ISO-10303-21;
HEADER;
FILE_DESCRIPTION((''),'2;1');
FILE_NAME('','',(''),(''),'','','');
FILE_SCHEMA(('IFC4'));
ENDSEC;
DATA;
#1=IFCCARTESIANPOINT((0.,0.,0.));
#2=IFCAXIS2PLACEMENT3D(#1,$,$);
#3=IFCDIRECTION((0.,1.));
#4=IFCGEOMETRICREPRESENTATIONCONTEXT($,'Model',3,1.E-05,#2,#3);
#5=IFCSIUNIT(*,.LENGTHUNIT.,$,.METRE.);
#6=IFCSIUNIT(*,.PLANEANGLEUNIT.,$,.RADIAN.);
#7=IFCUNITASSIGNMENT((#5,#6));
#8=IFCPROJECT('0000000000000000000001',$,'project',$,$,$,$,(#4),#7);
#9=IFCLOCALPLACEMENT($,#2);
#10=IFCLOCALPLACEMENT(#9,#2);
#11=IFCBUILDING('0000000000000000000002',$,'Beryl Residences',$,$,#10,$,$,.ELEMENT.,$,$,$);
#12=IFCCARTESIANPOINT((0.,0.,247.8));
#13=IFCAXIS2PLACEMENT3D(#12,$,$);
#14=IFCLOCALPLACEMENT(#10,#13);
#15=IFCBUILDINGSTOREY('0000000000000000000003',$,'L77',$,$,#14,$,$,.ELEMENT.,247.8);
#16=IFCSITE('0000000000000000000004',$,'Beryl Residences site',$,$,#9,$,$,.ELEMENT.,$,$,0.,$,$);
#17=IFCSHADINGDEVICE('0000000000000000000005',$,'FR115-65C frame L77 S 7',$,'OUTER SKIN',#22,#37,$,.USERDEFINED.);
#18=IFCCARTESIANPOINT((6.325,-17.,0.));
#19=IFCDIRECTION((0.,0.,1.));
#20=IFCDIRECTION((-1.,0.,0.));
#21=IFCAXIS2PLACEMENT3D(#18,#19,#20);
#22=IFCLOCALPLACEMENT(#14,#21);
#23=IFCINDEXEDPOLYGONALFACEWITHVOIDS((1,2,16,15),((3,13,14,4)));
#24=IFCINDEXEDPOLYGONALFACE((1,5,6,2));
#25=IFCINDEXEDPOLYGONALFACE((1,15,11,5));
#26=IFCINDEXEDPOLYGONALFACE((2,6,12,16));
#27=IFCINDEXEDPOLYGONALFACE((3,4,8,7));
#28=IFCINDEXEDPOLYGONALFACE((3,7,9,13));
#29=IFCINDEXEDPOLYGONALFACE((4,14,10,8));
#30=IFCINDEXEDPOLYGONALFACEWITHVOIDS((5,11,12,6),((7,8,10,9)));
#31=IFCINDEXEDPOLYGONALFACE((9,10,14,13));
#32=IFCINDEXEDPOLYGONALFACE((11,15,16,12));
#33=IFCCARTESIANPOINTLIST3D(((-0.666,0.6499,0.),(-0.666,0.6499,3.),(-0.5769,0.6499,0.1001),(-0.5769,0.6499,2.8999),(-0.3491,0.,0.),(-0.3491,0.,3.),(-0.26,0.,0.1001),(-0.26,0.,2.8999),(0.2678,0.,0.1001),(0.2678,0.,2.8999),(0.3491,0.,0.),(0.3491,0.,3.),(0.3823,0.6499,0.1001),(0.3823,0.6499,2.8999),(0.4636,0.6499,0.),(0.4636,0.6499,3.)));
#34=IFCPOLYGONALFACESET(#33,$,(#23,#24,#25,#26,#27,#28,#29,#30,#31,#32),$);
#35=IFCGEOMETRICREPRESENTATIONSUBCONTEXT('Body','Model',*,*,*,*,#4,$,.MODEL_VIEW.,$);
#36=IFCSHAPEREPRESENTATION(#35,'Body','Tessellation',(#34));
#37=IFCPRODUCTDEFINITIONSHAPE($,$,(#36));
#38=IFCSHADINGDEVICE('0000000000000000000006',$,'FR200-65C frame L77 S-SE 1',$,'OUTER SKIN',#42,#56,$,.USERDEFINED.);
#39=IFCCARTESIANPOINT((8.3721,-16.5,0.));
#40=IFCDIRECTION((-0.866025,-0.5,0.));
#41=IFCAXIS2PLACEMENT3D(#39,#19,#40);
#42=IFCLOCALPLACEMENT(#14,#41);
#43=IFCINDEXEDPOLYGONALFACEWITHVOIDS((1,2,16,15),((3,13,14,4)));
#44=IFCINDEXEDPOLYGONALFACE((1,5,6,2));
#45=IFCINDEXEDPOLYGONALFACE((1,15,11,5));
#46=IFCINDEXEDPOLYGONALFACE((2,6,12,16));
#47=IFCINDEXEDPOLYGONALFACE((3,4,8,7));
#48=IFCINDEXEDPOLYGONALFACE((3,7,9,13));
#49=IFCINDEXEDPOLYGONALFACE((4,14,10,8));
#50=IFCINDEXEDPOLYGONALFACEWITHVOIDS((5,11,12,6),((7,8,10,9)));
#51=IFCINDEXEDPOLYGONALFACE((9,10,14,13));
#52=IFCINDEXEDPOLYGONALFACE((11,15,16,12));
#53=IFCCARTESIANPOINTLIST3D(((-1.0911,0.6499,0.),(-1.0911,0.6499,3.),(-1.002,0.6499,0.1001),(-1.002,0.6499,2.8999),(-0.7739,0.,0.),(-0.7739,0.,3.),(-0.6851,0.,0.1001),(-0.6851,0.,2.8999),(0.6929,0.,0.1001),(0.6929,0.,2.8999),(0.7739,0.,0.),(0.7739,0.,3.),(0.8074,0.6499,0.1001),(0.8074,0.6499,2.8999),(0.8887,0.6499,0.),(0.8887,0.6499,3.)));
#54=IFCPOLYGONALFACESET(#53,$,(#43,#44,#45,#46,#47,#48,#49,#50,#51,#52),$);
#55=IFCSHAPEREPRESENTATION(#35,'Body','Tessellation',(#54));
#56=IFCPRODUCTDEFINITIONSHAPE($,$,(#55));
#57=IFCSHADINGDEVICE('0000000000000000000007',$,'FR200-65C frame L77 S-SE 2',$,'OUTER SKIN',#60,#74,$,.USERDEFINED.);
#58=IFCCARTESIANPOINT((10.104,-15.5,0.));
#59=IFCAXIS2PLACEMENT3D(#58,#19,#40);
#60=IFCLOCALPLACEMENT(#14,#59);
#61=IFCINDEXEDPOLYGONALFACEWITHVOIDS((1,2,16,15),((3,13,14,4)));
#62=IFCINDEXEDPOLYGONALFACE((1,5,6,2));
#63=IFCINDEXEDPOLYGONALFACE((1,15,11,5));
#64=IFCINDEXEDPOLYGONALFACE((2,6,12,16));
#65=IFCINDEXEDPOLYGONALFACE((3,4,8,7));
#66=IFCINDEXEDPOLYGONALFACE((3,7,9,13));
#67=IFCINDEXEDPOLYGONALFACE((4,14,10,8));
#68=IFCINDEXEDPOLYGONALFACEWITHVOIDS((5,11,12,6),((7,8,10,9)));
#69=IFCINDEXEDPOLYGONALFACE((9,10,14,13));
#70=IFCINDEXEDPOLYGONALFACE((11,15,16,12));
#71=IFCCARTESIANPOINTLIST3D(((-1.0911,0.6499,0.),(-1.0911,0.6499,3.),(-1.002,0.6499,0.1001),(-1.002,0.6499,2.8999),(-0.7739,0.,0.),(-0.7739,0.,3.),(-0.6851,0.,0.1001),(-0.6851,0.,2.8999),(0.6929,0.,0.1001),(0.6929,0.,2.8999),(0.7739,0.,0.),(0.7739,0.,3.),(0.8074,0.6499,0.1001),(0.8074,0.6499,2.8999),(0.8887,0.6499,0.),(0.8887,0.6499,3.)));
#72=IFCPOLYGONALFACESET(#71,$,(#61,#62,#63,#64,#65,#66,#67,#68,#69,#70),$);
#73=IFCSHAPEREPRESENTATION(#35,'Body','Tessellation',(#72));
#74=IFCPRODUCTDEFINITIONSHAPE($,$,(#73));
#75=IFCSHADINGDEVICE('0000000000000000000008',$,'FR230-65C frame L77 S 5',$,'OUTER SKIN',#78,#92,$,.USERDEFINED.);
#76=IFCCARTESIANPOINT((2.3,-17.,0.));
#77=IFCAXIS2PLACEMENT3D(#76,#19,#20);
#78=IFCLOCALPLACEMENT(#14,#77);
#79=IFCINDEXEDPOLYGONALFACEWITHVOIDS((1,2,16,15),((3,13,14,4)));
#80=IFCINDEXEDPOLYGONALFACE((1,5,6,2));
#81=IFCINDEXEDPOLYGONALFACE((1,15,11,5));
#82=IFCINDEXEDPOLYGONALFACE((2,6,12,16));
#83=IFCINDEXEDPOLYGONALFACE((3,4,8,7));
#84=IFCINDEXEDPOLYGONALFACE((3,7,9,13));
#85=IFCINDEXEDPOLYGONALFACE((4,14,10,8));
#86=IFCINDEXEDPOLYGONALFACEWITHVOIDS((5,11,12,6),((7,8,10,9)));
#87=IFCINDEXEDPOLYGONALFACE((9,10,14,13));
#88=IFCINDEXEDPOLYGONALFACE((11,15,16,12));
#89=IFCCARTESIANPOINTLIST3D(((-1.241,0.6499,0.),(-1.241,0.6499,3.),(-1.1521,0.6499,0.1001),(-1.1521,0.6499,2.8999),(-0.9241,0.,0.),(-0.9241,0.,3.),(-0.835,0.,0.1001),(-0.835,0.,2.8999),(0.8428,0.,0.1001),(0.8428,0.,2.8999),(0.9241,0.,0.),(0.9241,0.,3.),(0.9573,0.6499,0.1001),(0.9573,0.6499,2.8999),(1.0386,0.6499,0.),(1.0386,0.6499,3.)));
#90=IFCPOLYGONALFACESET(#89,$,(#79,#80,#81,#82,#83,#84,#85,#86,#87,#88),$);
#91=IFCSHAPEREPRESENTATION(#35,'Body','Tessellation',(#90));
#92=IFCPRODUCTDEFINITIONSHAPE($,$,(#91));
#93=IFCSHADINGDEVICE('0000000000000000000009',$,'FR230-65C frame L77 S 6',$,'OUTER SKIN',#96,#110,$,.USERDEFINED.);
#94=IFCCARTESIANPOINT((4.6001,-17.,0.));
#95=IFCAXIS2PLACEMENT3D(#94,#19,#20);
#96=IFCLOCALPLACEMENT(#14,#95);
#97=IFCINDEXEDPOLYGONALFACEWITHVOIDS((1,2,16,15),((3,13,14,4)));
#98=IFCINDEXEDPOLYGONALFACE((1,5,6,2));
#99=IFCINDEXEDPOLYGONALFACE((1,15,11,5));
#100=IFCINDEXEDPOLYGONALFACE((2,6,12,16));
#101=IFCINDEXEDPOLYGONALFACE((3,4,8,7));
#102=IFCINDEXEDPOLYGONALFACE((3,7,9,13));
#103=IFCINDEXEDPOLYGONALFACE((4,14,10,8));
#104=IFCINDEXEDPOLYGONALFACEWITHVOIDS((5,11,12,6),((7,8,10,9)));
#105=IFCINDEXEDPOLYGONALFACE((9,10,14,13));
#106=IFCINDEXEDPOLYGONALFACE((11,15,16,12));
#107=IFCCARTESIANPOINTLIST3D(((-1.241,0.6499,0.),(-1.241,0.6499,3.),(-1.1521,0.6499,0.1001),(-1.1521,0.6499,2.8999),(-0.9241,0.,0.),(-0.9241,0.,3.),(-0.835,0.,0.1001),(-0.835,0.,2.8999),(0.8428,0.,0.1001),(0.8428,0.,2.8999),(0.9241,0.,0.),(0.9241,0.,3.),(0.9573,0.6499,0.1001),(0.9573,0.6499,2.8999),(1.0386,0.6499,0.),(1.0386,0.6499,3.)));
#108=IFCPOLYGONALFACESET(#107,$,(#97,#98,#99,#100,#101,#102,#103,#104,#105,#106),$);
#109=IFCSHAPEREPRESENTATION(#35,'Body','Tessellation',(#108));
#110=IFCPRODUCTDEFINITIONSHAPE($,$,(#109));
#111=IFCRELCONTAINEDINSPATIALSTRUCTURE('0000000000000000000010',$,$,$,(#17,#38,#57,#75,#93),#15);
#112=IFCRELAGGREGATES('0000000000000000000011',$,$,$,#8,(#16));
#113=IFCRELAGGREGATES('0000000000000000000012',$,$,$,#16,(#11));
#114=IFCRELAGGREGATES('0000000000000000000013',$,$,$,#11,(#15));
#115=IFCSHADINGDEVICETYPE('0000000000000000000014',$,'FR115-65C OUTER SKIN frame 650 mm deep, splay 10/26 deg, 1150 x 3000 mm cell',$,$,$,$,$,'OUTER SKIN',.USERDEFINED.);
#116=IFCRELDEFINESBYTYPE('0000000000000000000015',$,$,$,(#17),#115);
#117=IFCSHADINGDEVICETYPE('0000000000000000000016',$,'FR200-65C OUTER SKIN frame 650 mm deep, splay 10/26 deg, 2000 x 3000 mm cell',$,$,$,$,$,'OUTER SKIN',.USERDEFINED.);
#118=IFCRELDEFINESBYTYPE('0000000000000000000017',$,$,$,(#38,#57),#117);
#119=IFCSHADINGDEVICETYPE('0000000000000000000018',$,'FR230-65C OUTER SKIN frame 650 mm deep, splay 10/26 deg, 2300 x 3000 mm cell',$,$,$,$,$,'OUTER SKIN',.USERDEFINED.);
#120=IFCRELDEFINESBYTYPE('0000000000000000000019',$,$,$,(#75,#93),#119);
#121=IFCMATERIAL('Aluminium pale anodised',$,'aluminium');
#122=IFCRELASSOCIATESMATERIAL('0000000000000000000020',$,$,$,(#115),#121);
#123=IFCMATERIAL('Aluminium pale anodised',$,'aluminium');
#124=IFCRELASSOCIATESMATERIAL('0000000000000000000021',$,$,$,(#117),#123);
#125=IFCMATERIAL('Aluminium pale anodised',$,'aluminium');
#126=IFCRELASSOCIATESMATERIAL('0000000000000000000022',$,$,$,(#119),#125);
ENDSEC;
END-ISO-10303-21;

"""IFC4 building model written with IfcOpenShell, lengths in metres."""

from ifc_helpers import new_model, entity, si_unit, direction, frame, origin, place, context, subcontext, project, spatial, source, transform, mapped, material, type_object, type_shapes, element, save


model = new_model("IFC4")

# Units and contexts
model_context = context("Model", 3, precision=1e-05, world=origin(), true_north=direction((0.0, 1.0)))
body_context = subcontext(model_context, "Body", "Model", "MODEL_VIEW")
ifc_project = project(units=[si_unit("LENGTHUNIT", "METRE"), si_unit("PLANEANGLEUNIT", "RADIAN")], contexts=[model_context])

# Site, building, storey
site_placement = place(None, origin())
site = spatial("IfcSite", under=ifc_project, at=site_placement, Name="Beryl Residences site", CompositionType="ELEMENT", RefElevation=0.0)
building_placement = place(site_placement, origin())
building = spatial("IfcBuilding", under=site, at=building_placement, Name="Beryl Residences", CompositionType="ELEMENT")
storey_placement = place(building_placement, frame((0.0, 0.0, 247.8)))
storey = spatial("IfcBuildingStorey", under=building, at=storey_placement, Name="L77", CompositionType="ELEMENT", Elevation=247.8)

# Shading devices
ifc_material_1 = material(Name="Aluminium pale anodised", Category="aluminium")
shading_device_type_1 = type_object("IfcShadingDeviceType", Name="FR115-65C OUTER SKIN frame 650 mm deep, splay 10/26 deg, 1150 x 3000 mm cell", ElementType="OUTER SKIN", PredefinedType="USERDEFINED", material=ifc_material_1)
cartesian_point_1 = entity("IfcCartesianPoint", [-0.3491, 0.0])
cartesian_point_2 = entity("IfcCartesianPoint", [-0.2678, 0.1001])
cartesian_point_3 = entity("IfcCartesianPoint", [-0.4636, 0.0])
cartesian_point_4 = entity("IfcCartesianPoint", [-0.3823, 0.1001])
shared_shape_1 = source(origin(), body_context, "Body", "SweptSolid", [
    entity("IfcExtrudedAreaSolidTapered", entity("IfcArbitraryProfileDefWithVoids", "AREA", None, entity("IfcPolyline", [cartesian_point_1, entity("IfcCartesianPoint", [0.3491, 0.0]), entity("IfcCartesianPoint", [0.3491, 3.0]), entity("IfcCartesianPoint", [-0.3491, 3.0]), cartesian_point_1]), [entity("IfcPolyline", [cartesian_point_2, entity("IfcCartesianPoint", [0.26, 0.1001]), entity("IfcCartesianPoint", [0.26, 2.8999]), entity("IfcCartesianPoint", [-0.2678, 2.8999]), cartesian_point_2])]), entity("IfcAxis2Placement3D", entity("IfcCartesianPoint", [0.0, 0.0, 0.0]), entity("IfcDirection", [0.0, 1.0, 0.0]), entity("IfcDirection", [-1.0, 0.0, 0.0])), entity("IfcDirection", [0.0, 0.0, 1.0]), 0.6499, entity("IfcArbitraryProfileDefWithVoids", "AREA", None, entity("IfcPolyline", [cartesian_point_3, entity("IfcCartesianPoint", [0.666, 0.0]), entity("IfcCartesianPoint", [0.666, 3.0]), entity("IfcCartesianPoint", [-0.4636, 3.0]), cartesian_point_3]), [entity("IfcPolyline", [cartesian_point_4, entity("IfcCartesianPoint", [0.5769, 0.1001]), entity("IfcCartesianPoint", [0.5769, 2.8999]), entity("IfcCartesianPoint", [-0.3823, 2.8999]), cartesian_point_4])])),
])
type_shapes(shading_device_type_1, [shared_shape_1])
shading_device_placement = place(storey_placement, frame((6.325, -17.0, 0.0), z_axis=(0.0, 0.0, 1.0), x_axis=(-1.0, 0.0, 0.0)))
element("IfcShadingDevice", 1, at=shading_device_placement, inside=storey, type_object=shading_device_type_1, Name="FR115-65C frame L77 S 7", ObjectType="OUTER SKIN", PredefinedType="USERDEFINED", context=body_context, shape_type="MappedRepresentation", body=[
    mapped(shared_shape_1, transform((0.0, 0.0, 0.0))),
])
ifc_material_2 = material(Name="Aluminium pale anodised", Category="aluminium")
shading_device_type_2 = type_object("IfcShadingDeviceType", Name="FR200-65C OUTER SKIN frame 650 mm deep, splay 10/26 deg, 2000 x 3000 mm cell", ElementType="OUTER SKIN", PredefinedType="USERDEFINED", material=ifc_material_2)
cartesian_point_5 = entity("IfcCartesianPoint", [-0.7739, 0.0])
cartesian_point_6 = entity("IfcCartesianPoint", [-0.6929, 0.1001])
cartesian_point_7 = entity("IfcCartesianPoint", [-0.8887, 0.0])
cartesian_point_8 = entity("IfcCartesianPoint", [-0.8074, 0.1001])
shared_shape_2 = source(origin(), body_context, "Body", "SweptSolid", [
    entity("IfcExtrudedAreaSolidTapered", entity("IfcArbitraryProfileDefWithVoids", "AREA", None, entity("IfcPolyline", [cartesian_point_5, entity("IfcCartesianPoint", [0.7739, 0.0]), entity("IfcCartesianPoint", [0.7739, 3.0]), entity("IfcCartesianPoint", [-0.7739, 3.0]), cartesian_point_5]), [entity("IfcPolyline", [cartesian_point_6, entity("IfcCartesianPoint", [0.6851, 0.1001]), entity("IfcCartesianPoint", [0.6851, 2.8999]), entity("IfcCartesianPoint", [-0.6929, 2.8999]), cartesian_point_6])]), entity("IfcAxis2Placement3D", entity("IfcCartesianPoint", [0.0, 0.0, 0.0]), entity("IfcDirection", [0.0, 1.0, 0.0]), entity("IfcDirection", [-1.0, 0.0, 0.0])), entity("IfcDirection", [0.0, 0.0, 1.0]), 0.6499, entity("IfcArbitraryProfileDefWithVoids", "AREA", None, entity("IfcPolyline", [cartesian_point_7, entity("IfcCartesianPoint", [1.0911, 0.0]), entity("IfcCartesianPoint", [1.0911, 3.0]), entity("IfcCartesianPoint", [-0.8887, 3.0]), cartesian_point_7]), [entity("IfcPolyline", [cartesian_point_8, entity("IfcCartesianPoint", [1.002, 0.1001]), entity("IfcCartesianPoint", [1.002, 2.8999]), entity("IfcCartesianPoint", [-0.8074, 2.8999]), cartesian_point_8])])),
])
type_shapes(shading_device_type_2, [shared_shape_2])
for number, where, z_axis, x_axis, name in (
    (2, (8.3721, -16.5, 0.0), (0.0, 0.0, 1.0), (-0.866025, -0.5, 0.0), "FR200-65C frame L77 S-SE 1"),
    (3, (10.104, -15.5, 0.0), (0.0, 0.0, 1.0), (-0.866025, -0.5, 0.0), "FR200-65C frame L77 S-SE 2"),
):
    element("IfcShadingDevice", number, at=place(storey_placement, frame(where, z_axis=z_axis, x_axis=x_axis)), inside=storey, type_object=shading_device_type_2, Name=name, ObjectType="OUTER SKIN", PredefinedType="USERDEFINED", context=body_context, shape_type="MappedRepresentation", body=[
        mapped(shared_shape_2, transform((0.0, 0.0, 0.0))),
    ])
ifc_material_3 = material(Name="Aluminium pale anodised", Category="aluminium")
shading_device_type_3 = type_object("IfcShadingDeviceType", Name="FR230-65C OUTER SKIN frame 650 mm deep, splay 10/26 deg, 2300 x 3000 mm cell", ElementType="OUTER SKIN", PredefinedType="USERDEFINED", material=ifc_material_3)
cartesian_point_9 = entity("IfcCartesianPoint", [-0.9241, 0.0])
cartesian_point_10 = entity("IfcCartesianPoint", [-0.8428, 0.1001])
cartesian_point_11 = entity("IfcCartesianPoint", [-1.0386, 0.0])
cartesian_point_12 = entity("IfcCartesianPoint", [-0.9573, 0.1001])
shared_shape_3 = source(origin(), body_context, "Body", "SweptSolid", [
    entity("IfcExtrudedAreaSolidTapered", entity("IfcArbitraryProfileDefWithVoids", "AREA", None, entity("IfcPolyline", [cartesian_point_9, entity("IfcCartesianPoint", [0.9241, 0.0]), entity("IfcCartesianPoint", [0.9241, 3.0]), entity("IfcCartesianPoint", [-0.9241, 3.0]), cartesian_point_9]), [entity("IfcPolyline", [cartesian_point_10, entity("IfcCartesianPoint", [0.835, 0.1001]), entity("IfcCartesianPoint", [0.835, 2.8999]), entity("IfcCartesianPoint", [-0.8428, 2.8999]), cartesian_point_10])]), entity("IfcAxis2Placement3D", entity("IfcCartesianPoint", [0.0, 0.0, 0.0]), entity("IfcDirection", [0.0, 1.0, 0.0]), entity("IfcDirection", [-1.0, 0.0, 0.0])), entity("IfcDirection", [0.0, 0.0, 1.0]), 0.6499, entity("IfcArbitraryProfileDefWithVoids", "AREA", None, entity("IfcPolyline", [cartesian_point_11, entity("IfcCartesianPoint", [1.241, 0.0]), entity("IfcCartesianPoint", [1.241, 3.0]), entity("IfcCartesianPoint", [-1.0386, 3.0]), cartesian_point_11]), [entity("IfcPolyline", [cartesian_point_12, entity("IfcCartesianPoint", [1.1521, 0.1001]), entity("IfcCartesianPoint", [1.1521, 2.8999]), entity("IfcCartesianPoint", [-0.9573, 2.8999]), cartesian_point_12])])),
])
type_shapes(shading_device_type_3, [shared_shape_3])
for number, where, z_axis, x_axis, name in (
    (4, (2.3, -17.0, 0.0), (0.0, 0.0, 1.0), (-1.0, 0.0, 0.0), "FR230-65C frame L77 S 5"),
    (5, (4.6001, -17.0, 0.0), (0.0, 0.0, 1.0), (-1.0, 0.0, 0.0), "FR230-65C frame L77 S 6"),
):
    element("IfcShadingDevice", number, at=place(storey_placement, frame(where, z_axis=z_axis, x_axis=x_axis)), inside=storey, type_object=shading_device_type_3, Name=name, ObjectType="OUTER SKIN", PredefinedType="USERDEFINED", context=body_context, shape_type="MappedRepresentation", body=[
        mapped(shared_shape_3, transform((0.0, 0.0, 0.0))),
    ])

save(model, "model.ifc")
